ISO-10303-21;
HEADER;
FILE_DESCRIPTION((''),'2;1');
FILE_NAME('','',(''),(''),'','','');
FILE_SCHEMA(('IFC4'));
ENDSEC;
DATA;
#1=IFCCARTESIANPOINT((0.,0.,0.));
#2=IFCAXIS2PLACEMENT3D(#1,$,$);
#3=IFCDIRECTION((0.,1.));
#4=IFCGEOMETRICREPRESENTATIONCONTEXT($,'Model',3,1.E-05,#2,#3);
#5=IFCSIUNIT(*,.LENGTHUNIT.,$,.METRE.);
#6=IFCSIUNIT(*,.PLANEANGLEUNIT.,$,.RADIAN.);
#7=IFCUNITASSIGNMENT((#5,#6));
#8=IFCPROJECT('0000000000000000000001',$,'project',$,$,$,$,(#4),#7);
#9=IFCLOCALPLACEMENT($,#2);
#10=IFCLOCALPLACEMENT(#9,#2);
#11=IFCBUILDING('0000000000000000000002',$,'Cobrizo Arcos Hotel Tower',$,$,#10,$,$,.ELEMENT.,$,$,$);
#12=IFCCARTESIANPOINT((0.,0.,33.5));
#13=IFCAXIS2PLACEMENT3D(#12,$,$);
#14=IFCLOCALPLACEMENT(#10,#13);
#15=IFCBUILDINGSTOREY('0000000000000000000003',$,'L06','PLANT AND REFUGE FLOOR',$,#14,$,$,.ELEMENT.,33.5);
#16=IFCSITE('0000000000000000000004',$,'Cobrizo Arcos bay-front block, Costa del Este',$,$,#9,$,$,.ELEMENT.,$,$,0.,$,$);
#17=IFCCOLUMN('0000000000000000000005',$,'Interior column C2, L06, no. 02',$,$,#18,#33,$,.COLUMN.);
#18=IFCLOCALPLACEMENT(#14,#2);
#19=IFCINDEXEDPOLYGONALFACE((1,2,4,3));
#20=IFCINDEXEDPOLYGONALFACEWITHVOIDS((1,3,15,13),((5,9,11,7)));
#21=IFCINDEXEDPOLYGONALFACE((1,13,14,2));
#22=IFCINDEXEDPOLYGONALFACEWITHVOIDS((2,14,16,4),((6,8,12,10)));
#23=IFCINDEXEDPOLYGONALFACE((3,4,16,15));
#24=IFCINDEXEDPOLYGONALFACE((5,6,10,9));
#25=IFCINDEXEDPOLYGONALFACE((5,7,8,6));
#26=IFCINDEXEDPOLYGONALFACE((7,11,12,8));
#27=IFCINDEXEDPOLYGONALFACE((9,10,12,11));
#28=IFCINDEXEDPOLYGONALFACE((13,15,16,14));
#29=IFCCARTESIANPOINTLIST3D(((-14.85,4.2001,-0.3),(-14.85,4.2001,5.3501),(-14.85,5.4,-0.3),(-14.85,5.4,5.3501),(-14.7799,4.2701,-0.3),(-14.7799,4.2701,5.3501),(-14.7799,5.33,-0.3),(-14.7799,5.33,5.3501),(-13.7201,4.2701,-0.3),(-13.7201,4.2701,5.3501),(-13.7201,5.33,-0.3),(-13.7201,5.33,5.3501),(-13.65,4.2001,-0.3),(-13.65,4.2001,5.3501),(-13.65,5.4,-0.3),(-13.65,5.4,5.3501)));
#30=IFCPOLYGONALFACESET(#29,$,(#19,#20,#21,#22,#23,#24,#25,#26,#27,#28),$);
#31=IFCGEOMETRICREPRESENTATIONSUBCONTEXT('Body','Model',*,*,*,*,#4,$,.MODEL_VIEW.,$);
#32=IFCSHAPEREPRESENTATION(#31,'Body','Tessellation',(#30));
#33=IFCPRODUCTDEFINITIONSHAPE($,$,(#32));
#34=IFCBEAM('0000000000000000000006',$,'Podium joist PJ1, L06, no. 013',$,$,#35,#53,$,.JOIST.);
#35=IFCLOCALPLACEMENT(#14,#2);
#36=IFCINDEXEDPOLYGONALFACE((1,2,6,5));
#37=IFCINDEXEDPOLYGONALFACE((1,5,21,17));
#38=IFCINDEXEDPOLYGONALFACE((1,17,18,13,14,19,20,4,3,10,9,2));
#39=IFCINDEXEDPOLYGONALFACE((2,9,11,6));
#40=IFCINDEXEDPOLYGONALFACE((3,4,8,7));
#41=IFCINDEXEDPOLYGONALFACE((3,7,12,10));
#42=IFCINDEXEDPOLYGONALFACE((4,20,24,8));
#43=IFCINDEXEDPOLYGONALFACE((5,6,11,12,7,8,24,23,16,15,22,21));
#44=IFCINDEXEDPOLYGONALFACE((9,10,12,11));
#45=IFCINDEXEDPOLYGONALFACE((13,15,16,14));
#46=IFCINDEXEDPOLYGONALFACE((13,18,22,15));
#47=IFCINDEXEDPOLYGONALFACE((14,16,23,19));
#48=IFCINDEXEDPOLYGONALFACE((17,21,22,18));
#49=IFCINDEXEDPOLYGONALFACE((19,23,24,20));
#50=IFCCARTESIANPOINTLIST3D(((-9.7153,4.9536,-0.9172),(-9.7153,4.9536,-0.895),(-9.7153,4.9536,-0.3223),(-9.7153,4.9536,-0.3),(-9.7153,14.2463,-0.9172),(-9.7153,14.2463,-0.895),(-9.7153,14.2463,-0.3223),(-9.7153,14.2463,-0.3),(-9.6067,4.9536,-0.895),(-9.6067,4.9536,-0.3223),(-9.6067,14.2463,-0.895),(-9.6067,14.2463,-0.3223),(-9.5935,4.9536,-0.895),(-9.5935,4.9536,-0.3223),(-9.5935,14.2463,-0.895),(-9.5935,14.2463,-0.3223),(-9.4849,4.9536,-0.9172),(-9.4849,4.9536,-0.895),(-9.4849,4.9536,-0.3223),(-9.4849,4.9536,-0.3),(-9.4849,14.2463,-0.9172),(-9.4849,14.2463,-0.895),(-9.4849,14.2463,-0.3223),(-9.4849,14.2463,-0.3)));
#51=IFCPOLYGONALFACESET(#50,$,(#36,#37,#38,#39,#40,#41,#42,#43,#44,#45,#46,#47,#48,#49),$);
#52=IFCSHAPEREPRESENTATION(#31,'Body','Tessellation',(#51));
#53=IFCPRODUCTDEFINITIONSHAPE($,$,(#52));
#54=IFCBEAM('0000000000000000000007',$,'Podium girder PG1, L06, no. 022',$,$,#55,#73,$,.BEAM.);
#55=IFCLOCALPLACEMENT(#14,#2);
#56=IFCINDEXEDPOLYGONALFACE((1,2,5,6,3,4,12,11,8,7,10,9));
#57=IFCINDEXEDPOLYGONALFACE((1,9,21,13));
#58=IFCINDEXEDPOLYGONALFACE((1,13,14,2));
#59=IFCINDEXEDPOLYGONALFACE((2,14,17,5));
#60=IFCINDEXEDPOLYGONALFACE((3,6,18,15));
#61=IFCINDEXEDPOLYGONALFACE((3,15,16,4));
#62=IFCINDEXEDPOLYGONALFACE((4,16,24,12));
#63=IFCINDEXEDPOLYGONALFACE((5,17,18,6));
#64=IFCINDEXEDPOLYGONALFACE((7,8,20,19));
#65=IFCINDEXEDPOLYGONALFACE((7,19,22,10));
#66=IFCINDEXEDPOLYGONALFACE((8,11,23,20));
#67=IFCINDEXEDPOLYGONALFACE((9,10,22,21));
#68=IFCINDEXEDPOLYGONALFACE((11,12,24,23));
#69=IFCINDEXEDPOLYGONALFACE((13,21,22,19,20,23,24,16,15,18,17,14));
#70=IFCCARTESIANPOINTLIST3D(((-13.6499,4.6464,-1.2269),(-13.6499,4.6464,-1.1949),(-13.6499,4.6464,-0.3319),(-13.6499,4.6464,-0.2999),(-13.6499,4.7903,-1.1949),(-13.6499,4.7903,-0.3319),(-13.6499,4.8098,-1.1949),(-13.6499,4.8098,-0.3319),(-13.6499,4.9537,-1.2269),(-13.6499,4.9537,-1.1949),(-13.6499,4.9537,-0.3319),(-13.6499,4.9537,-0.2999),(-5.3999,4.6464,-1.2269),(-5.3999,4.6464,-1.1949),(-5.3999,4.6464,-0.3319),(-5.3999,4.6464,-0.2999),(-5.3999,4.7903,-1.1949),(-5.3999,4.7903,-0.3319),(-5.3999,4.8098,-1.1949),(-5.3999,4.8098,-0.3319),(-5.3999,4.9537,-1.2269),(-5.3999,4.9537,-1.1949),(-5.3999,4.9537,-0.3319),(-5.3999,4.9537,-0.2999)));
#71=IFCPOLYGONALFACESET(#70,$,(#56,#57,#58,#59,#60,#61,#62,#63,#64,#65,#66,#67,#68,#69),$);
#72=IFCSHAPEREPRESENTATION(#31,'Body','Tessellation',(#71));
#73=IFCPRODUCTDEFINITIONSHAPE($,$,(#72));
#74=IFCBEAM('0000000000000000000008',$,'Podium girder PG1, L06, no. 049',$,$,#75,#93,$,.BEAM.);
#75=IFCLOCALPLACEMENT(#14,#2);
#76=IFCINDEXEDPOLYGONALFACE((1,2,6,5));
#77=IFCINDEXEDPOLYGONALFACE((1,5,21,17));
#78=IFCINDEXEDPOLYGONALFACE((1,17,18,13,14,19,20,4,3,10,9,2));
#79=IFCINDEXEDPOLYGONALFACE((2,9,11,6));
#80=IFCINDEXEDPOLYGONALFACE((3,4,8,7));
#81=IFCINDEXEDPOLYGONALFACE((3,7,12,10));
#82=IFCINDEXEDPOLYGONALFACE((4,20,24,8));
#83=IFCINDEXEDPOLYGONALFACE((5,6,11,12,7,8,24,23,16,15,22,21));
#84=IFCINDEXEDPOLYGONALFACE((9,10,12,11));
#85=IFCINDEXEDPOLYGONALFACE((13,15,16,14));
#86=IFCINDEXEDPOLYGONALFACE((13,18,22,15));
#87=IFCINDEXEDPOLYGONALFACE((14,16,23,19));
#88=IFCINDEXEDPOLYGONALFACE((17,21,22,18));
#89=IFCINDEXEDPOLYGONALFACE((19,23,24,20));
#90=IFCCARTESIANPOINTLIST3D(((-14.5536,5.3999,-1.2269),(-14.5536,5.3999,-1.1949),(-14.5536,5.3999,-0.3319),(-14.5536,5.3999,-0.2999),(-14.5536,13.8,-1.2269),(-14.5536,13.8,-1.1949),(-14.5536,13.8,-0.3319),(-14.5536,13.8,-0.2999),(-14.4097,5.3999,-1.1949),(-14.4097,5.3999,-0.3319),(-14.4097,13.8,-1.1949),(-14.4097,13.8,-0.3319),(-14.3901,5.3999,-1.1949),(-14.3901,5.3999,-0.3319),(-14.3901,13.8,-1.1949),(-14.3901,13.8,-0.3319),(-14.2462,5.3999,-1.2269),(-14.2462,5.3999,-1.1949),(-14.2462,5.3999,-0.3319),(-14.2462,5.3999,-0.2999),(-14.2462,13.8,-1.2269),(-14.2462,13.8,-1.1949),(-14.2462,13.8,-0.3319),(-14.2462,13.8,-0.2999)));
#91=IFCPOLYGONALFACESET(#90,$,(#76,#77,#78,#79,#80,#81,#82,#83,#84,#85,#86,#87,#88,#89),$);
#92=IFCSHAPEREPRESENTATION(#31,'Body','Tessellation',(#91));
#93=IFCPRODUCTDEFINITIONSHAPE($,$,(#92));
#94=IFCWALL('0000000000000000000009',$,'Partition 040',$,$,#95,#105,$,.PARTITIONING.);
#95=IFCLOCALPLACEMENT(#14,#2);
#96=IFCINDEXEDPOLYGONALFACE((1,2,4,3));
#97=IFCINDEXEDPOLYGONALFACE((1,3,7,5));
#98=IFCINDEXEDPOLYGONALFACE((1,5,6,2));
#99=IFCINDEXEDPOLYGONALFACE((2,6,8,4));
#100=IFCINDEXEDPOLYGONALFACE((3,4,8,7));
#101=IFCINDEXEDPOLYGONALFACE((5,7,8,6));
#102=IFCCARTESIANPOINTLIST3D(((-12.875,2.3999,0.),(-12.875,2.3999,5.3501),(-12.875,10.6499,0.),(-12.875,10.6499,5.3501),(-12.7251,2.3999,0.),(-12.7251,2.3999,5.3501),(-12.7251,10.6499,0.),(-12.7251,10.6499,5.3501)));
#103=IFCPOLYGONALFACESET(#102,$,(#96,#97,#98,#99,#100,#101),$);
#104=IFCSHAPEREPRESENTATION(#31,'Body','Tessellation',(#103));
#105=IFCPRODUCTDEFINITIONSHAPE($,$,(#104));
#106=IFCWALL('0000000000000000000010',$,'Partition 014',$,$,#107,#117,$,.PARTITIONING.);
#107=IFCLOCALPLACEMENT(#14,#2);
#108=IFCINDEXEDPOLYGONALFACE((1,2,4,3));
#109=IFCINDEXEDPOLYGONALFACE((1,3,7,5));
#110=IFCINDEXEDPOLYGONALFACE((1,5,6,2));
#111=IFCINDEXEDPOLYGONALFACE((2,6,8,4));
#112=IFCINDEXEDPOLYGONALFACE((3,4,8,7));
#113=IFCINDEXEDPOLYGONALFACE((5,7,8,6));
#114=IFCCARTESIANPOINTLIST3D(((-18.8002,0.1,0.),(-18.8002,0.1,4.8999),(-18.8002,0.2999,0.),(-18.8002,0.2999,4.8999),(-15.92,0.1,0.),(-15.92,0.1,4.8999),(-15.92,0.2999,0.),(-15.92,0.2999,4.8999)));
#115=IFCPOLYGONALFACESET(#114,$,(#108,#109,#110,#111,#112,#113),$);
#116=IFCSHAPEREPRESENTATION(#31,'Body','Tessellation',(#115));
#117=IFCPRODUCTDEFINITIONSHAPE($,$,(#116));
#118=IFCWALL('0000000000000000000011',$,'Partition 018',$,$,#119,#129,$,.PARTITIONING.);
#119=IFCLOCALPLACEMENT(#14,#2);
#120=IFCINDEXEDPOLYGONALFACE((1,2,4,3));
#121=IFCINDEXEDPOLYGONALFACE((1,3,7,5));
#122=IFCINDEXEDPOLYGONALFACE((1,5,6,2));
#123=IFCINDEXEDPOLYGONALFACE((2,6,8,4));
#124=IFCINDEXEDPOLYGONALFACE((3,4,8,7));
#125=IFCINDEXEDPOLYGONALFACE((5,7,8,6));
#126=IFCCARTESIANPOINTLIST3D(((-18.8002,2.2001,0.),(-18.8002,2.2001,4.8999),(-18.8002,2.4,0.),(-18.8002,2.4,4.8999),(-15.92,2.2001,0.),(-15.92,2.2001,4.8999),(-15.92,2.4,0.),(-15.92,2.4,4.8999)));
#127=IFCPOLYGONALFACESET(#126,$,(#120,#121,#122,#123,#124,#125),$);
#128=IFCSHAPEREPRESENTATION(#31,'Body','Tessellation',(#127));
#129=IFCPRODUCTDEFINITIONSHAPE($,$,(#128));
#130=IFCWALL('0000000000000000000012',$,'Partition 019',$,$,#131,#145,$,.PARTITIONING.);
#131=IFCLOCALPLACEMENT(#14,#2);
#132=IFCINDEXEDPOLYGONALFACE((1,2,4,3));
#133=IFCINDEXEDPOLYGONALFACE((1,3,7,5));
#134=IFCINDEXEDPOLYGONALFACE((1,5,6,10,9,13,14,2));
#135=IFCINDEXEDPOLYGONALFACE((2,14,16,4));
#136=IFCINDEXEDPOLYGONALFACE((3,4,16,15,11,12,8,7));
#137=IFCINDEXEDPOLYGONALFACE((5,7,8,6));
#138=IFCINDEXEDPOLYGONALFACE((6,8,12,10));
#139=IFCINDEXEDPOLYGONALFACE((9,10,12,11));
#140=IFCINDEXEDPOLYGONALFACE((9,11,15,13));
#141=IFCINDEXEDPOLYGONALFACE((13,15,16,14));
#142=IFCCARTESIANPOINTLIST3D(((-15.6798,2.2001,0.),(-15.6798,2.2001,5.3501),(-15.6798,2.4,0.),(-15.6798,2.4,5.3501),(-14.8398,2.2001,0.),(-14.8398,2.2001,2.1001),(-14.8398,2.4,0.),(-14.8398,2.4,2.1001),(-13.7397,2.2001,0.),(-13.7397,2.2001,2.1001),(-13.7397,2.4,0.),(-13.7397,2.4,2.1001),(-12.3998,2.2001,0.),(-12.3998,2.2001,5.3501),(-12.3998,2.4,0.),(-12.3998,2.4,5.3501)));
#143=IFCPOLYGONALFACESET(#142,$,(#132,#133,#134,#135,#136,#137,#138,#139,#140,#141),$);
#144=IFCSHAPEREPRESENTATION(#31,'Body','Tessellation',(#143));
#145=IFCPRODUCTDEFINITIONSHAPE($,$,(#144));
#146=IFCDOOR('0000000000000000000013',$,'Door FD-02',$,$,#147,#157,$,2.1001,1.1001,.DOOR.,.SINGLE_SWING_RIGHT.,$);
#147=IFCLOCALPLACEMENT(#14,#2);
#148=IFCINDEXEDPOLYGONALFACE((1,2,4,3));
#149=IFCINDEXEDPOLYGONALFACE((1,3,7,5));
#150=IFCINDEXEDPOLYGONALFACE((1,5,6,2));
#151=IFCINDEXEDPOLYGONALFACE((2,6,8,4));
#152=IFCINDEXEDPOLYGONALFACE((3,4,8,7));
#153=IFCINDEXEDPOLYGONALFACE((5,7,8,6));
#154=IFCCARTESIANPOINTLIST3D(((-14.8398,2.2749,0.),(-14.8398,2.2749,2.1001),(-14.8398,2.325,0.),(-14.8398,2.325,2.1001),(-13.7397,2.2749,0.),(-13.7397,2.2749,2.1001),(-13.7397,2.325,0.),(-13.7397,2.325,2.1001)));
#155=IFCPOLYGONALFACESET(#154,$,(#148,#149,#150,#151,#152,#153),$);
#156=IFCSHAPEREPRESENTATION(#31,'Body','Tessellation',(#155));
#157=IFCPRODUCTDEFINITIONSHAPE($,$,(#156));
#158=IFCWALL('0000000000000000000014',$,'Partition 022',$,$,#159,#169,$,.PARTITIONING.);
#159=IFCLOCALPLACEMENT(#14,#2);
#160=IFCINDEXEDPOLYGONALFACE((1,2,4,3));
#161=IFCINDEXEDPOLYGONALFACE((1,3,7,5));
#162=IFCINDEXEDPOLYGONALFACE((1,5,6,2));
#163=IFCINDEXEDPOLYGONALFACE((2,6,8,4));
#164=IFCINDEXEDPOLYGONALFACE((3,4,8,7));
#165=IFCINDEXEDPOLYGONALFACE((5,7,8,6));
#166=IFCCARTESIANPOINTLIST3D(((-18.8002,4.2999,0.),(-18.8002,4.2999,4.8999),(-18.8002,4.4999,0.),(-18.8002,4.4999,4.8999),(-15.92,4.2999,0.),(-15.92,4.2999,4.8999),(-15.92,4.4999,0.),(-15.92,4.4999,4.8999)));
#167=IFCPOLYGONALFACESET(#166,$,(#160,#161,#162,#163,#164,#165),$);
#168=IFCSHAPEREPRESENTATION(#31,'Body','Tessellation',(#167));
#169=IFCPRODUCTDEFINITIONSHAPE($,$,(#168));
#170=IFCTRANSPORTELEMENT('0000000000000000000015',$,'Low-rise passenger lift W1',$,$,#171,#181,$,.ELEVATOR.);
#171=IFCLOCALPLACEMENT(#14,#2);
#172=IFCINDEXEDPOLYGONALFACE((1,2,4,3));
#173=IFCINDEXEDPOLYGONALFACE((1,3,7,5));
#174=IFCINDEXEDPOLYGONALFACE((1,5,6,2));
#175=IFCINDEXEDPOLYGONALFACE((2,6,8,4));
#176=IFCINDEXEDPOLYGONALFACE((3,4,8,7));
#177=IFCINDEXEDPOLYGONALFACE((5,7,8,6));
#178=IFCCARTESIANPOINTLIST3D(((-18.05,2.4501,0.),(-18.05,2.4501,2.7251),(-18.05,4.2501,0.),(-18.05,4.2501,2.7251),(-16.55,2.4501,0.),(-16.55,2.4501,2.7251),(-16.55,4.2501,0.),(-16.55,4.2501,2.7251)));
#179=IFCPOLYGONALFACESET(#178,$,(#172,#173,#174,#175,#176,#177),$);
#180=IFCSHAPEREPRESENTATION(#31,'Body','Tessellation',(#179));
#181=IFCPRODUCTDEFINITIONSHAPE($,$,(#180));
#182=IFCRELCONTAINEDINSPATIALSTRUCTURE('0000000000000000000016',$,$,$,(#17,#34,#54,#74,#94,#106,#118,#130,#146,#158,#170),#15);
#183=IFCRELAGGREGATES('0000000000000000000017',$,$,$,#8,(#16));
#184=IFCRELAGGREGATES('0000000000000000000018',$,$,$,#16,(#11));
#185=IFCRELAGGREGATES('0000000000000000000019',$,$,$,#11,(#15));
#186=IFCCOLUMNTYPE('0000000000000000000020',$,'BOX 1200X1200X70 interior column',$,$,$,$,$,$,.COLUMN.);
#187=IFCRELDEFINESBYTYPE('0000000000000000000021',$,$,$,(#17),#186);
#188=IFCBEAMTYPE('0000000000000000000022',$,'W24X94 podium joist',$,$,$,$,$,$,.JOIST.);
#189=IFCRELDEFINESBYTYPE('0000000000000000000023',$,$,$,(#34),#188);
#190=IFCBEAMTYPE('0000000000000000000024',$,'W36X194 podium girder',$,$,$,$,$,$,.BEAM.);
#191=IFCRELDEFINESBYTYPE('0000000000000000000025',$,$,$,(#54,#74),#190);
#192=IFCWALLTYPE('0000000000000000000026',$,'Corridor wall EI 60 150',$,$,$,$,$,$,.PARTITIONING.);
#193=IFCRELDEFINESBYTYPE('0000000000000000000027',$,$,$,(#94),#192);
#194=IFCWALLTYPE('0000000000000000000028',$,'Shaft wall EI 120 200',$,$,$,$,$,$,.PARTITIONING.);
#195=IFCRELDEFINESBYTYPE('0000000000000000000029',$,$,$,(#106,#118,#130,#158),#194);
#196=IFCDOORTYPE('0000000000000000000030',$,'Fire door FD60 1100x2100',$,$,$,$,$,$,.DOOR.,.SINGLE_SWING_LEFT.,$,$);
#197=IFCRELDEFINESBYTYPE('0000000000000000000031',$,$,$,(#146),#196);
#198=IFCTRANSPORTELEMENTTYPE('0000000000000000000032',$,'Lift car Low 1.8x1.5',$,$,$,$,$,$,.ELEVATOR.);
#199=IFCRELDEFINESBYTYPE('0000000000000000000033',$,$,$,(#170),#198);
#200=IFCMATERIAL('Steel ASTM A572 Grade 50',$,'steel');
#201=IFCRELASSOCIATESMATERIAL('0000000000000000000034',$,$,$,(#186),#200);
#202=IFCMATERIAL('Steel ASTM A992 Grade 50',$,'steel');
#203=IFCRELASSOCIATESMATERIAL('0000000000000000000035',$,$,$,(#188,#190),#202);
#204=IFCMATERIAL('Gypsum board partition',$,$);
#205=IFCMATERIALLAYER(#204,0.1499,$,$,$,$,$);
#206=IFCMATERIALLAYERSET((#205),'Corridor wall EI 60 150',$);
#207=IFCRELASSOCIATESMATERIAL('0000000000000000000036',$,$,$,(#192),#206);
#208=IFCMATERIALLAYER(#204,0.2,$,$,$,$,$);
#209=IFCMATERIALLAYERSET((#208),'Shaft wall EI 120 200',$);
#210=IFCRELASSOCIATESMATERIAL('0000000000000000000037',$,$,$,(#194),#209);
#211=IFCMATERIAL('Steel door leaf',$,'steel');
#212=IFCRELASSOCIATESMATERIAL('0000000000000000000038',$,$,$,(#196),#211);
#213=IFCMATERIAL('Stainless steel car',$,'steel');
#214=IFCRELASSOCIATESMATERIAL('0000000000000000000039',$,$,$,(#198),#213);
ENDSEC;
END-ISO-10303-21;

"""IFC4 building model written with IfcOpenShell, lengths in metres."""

from ifc_helpers import new_model, si_unit, direction, frame, frame_2d, origin, origin_2d, place, context, subcontext, project, spatial, rectangle, hollow_rectangle, i_section, extrude, material, layer, layer_set, material_profile, profile_set, type_object, element, fill, save


model = new_model("IFC4")

# Units and contexts
model_context = context("Model", 3, precision=1e-05, world=origin(), true_north=direction((0.0, 1.0)))
body_context = subcontext(model_context, "Body", "Model", "MODEL_VIEW")
ifc_project = project(units=[si_unit("LENGTHUNIT", "METRE"), si_unit("PLANEANGLEUNIT", "RADIAN")], contexts=[model_context])

# Site, building, storey
site_placement = place(None, origin())
site = spatial("IfcSite", under=ifc_project, at=site_placement, Name="Cobrizo Arcos bay-front block, Costa del Este", CompositionType="ELEMENT", RefElevation=0.0)
building_placement = place(site_placement, origin())
building = spatial("IfcBuilding", under=site, at=building_placement, Name="Cobrizo Arcos Hotel Tower", CompositionType="ELEMENT")
storey_placement = place(building_placement, frame((0.0, 0.0, 33.5)))
storey = spatial("IfcBuildingStorey", under=building, at=storey_placement, Name="L06", Description="PLANT AND REFUGE FLOOR", CompositionType="ELEMENT", Elevation=33.5)

# Column
ifc_material_1 = material(Name="Steel ASTM A572 Grade 50", Category="steel")
ifc_material_profile_1 = material_profile(ifc_material_1, hollow_rectangle(XDim=1.2, YDim=1.2, WallThickness=0.0701, at=origin_2d()), Name="BOX 1200X1200X70")
ifc_profile_set_1 = profile_set([ifc_material_profile_1], Name="Steel ASTM A572 Grade 50")
column_type = type_object("IfcColumnType", Name="BOX 1200X1200X70 interior column", PredefinedType="COLUMN", material=ifc_profile_set_1)
column_placement = place(storey_placement, frame((-14.25, 4.8, -0.3), z_axis=(0.0, 0.0, 1.0), x_axis=(1.0, 0.0, 0.0)))
element("IfcColumn", 1, at=column_placement, inside=storey, type_object=column_type, Name="Interior column C2, L06, no. 02", PredefinedType="COLUMN", context=body_context, shape_type="SweptSolid", body=[
    extrude(hollow_rectangle(XDim=1.2, YDim=1.2, WallThickness=0.0701, at=origin_2d()), origin(), (0.0, 0.0, 1.0), 5.6501),
])

# Beams
ifc_material_2 = material(Name="Steel ASTM A992 Grade 50", Category="steel")
ifc_material_profile_2 = material_profile(ifc_material_2, i_section(OverallWidth=0.2305, OverallDepth=0.6172, WebThickness=0.0132, FlangeThickness=0.0222, at=origin_2d()), Name="W24X94")
ifc_profile_set_2 = profile_set([ifc_material_profile_2], Name="Steel ASTM A992 Grade 50")
beam_type_1 = type_object("IfcBeamType", Name="W24X94 podium joist", PredefinedType="JOIST", material=ifc_profile_set_2)
beam_1_placement = place(storey_placement, frame((-9.6001, 4.9536, -0.6086), z_axis=(0.0, 1.0, 0.0), x_axis=(-1.0, 0.0, 0.0)))
element("IfcBeam", 2, at=beam_1_placement, inside=storey, type_object=beam_type_1, Name="Podium joist PJ1, L06, no. 013", PredefinedType="JOIST", context=body_context, shape_type="SweptSolid", body=[
    extrude(i_section(OverallWidth=0.2305, OverallDepth=0.6172, WebThickness=0.0132, FlangeThickness=0.0222, at=origin_2d()), origin(), (0.0, 0.0, 1.0), 9.2927),
])
ifc_material_profile_3 = material_profile(ifc_material_2, i_section(OverallWidth=0.3074, OverallDepth=0.927, WebThickness=0.0195, FlangeThickness=0.032, at=origin_2d()), Name="W36X194")
ifc_profile_set_3 = profile_set([ifc_material_profile_3], Name="Steel ASTM A992 Grade 50")
beam_type_2 = type_object("IfcBeamType", Name="W36X194 podium girder", PredefinedType="BEAM", material=ifc_profile_set_3)
beam_2_placement = place(storey_placement, frame((-13.6499, 4.8, -0.7634), z_axis=(1.0, 0.0, 0.0), x_axis=(0.0, 1.0, 0.0)))
element("IfcBeam", 3, at=beam_2_placement, inside=storey, type_object=beam_type_2, Name="Podium girder PG1, L06, no. 022", PredefinedType="BEAM", context=body_context, shape_type="SweptSolid", body=[
    extrude(i_section(OverallWidth=0.3074, OverallDepth=0.927, WebThickness=0.0195, FlangeThickness=0.032, at=origin_2d()), origin(), (0.0, 0.0, 1.0), 8.25),
])
beam_3_placement = place(storey_placement, frame((-14.3999, 5.3999, -0.7634), z_axis=(0.0, 1.0, 0.0), x_axis=(-1.0, 0.0, 0.0)))
element("IfcBeam", 4, at=beam_3_placement, inside=storey, type_object=beam_type_2, Name="Podium girder PG1, L06, no. 049", PredefinedType="BEAM", context=body_context, shape_type="SweptSolid", body=[
    extrude(i_section(OverallWidth=0.3074, OverallDepth=0.927, WebThickness=0.0195, FlangeThickness=0.032, at=origin_2d()), origin(), (0.0, 0.0, 1.0), 8.4001),
])

# Walls
ifc_material_3 = material(Name="Gypsum board partition")
ifc_layer_1 = layer(ifc_material_3, 0.1499)
ifc_layer_set_1 = layer_set([ifc_layer_1], Name="Corridor wall EI 60 150")
wall_type_1 = type_object("IfcWallType", Name="Corridor wall EI 60 150", PredefinedType="PARTITIONING", material=ifc_layer_set_1)
wall_1_placement = place(storey_placement, frame((-12.8, 2.3999, 0.0), z_axis=(0.0, 0.0, 1.0), x_axis=(0.0, 1.0, 0.0)))
element("IfcWall", 5, at=wall_1_placement, inside=storey, type_object=wall_type_1, Name="Partition 040", PredefinedType="PARTITIONING", context=body_context, shape_type="SweptSolid", body=[
    extrude(rectangle(XDim=8.25, YDim=0.1499, at=frame_2d((4.125, 0.0))), origin(), (0.0, 0.0, 1.0), 5.3501),
])
ifc_layer_2 = layer(ifc_material_3, 0.2)
ifc_layer_set_2 = layer_set([ifc_layer_2], Name="Shaft wall EI 120 200")
wall_type_2 = type_object("IfcWallType", Name="Shaft wall EI 120 200", PredefinedType="PARTITIONING", material=ifc_layer_set_2)
for number, where, z_axis, x_axis, name in (
    (6, (-18.8, 0.2, 0.0), (0.0, 0.0, 1.0), (1.0, 0.0, 0.0), "Partition 014"),
    (7, (-18.8, 2.3, 0.0), (0.0, 0.0, 1.0), (1.0, 0.0, 0.0), "Partition 018"),
):
    element("IfcWall", number, at=place(storey_placement, frame(where, z_axis=z_axis, x_axis=x_axis)), inside=storey, type_object=wall_type_2, Name=name, PredefinedType="PARTITIONING", context=body_context, shape_type="SweptSolid", body=[
        extrude(rectangle(XDim=2.8801, YDim=0.2, at=frame_2d((1.4399, 0.0))), origin(), (0.0, 0.0, 1.0), 4.8999),
    ])

# Wall, opening, door
wall_2_placement = place(storey_placement, frame((-15.6799, 2.3, 0.0), z_axis=(0.0, 0.0, 1.0), x_axis=(1.0, 0.0, 0.0)))
wall_2 = element("IfcWall", 8, at=wall_2_placement, inside=storey, type_object=wall_type_2, Name="Partition 019", PredefinedType="PARTITIONING", context=body_context, shape_type="SweptSolid", body=[
    extrude(rectangle(XDim=3.28, YDim=0.2, at=frame_2d((1.6401, 0.0))), origin(), (0.0, 0.0, 1.0), 5.3501),
])
opening_placement = place(wall_2_placement, frame((0.8401, 0.0, 0.0)))
opening = element("IfcOpeningElement", 9, at=opening_placement, cuts=wall_2, PredefinedType="OPENING", context=body_context, shape_type="SweptSolid", body=[
    extrude(rectangle(XDim=1.1001, YDim=2.1001, at=frame_2d((0.55, 1.05))), frame((0.0, 0.1121, 0.0), z_axis=(0.0, -1.0, 0.0), x_axis=(1.0, 0.0, 0.0)), (0.0, 0.0, 1.0), 0.2239),
])
ifc_material_4 = material(Name="Steel door leaf", Category="steel")
door_type = type_object("IfcDoorType", Name="Fire door FD60 1100x2100", OperationType="SINGLE_SWING_LEFT", PredefinedType="DOOR", material=ifc_material_4)
door_placement = place(opening_placement, origin())
door = element("IfcDoor", 10, at=door_placement, inside=storey, type_object=door_type, Name="Door FD-02", OperationType="SINGLE_SWING_RIGHT", OverallHeight=2.1001, OverallWidth=1.1001, PredefinedType="DOOR", context=body_context, shape_type="SweptSolid", body=[
    extrude(rectangle(XDim=1.1001, YDim=2.1001, at=frame_2d((0.55, 1.05))), frame((0.0, 0.0249, 0.0), z_axis=(0.0, -1.0, 0.0), x_axis=(1.0, 0.0, 0.0)), (0.0, 0.0, 1.0), 0.05),
])
fill(opening, door)

# Wall
wall_3_placement = place(storey_placement, frame((-18.8, 4.3999, 0.0), z_axis=(0.0, 0.0, 1.0), x_axis=(1.0, 0.0, 0.0)))
element("IfcWall", 11, at=wall_3_placement, inside=storey, type_object=wall_type_2, Name="Partition 022", PredefinedType="PARTITIONING", context=body_context, shape_type="SweptSolid", body=[
    extrude(rectangle(XDim=2.8801, YDim=0.2, at=frame_2d((1.4399, 0.0))), origin(), (0.0, 0.0, 1.0), 4.8999),
])

# Transport element
ifc_material_5 = material(Name="Stainless steel car", Category="steel")
transport_element_type = type_object("IfcTransportElementType", Name="Lift car Low 1.8x1.5", PredefinedType="ELEVATOR", material=ifc_material_5)
for number, where, z_axis, x_axis, name in (
    (12, (-17.3, 3.3501, 0.0), (0.0, 0.0, 1.0), (1.0, 0.0, 0.0), "Low-rise passenger lift W1"),
):
    element("IfcTransportElement", number, at=place(storey_placement, frame(where, z_axis=z_axis, x_axis=x_axis)), inside=storey, type_object=transport_element_type, Name=name, PredefinedType="ELEVATOR", context=body_context, shape_type="SweptSolid", body=[
        extrude(rectangle(XDim=1.5, YDim=1.8, at=origin_2d()), origin(), (0.0, 0.0, 1.0), 2.7251),
    ])

save(model, "model.ifc")
